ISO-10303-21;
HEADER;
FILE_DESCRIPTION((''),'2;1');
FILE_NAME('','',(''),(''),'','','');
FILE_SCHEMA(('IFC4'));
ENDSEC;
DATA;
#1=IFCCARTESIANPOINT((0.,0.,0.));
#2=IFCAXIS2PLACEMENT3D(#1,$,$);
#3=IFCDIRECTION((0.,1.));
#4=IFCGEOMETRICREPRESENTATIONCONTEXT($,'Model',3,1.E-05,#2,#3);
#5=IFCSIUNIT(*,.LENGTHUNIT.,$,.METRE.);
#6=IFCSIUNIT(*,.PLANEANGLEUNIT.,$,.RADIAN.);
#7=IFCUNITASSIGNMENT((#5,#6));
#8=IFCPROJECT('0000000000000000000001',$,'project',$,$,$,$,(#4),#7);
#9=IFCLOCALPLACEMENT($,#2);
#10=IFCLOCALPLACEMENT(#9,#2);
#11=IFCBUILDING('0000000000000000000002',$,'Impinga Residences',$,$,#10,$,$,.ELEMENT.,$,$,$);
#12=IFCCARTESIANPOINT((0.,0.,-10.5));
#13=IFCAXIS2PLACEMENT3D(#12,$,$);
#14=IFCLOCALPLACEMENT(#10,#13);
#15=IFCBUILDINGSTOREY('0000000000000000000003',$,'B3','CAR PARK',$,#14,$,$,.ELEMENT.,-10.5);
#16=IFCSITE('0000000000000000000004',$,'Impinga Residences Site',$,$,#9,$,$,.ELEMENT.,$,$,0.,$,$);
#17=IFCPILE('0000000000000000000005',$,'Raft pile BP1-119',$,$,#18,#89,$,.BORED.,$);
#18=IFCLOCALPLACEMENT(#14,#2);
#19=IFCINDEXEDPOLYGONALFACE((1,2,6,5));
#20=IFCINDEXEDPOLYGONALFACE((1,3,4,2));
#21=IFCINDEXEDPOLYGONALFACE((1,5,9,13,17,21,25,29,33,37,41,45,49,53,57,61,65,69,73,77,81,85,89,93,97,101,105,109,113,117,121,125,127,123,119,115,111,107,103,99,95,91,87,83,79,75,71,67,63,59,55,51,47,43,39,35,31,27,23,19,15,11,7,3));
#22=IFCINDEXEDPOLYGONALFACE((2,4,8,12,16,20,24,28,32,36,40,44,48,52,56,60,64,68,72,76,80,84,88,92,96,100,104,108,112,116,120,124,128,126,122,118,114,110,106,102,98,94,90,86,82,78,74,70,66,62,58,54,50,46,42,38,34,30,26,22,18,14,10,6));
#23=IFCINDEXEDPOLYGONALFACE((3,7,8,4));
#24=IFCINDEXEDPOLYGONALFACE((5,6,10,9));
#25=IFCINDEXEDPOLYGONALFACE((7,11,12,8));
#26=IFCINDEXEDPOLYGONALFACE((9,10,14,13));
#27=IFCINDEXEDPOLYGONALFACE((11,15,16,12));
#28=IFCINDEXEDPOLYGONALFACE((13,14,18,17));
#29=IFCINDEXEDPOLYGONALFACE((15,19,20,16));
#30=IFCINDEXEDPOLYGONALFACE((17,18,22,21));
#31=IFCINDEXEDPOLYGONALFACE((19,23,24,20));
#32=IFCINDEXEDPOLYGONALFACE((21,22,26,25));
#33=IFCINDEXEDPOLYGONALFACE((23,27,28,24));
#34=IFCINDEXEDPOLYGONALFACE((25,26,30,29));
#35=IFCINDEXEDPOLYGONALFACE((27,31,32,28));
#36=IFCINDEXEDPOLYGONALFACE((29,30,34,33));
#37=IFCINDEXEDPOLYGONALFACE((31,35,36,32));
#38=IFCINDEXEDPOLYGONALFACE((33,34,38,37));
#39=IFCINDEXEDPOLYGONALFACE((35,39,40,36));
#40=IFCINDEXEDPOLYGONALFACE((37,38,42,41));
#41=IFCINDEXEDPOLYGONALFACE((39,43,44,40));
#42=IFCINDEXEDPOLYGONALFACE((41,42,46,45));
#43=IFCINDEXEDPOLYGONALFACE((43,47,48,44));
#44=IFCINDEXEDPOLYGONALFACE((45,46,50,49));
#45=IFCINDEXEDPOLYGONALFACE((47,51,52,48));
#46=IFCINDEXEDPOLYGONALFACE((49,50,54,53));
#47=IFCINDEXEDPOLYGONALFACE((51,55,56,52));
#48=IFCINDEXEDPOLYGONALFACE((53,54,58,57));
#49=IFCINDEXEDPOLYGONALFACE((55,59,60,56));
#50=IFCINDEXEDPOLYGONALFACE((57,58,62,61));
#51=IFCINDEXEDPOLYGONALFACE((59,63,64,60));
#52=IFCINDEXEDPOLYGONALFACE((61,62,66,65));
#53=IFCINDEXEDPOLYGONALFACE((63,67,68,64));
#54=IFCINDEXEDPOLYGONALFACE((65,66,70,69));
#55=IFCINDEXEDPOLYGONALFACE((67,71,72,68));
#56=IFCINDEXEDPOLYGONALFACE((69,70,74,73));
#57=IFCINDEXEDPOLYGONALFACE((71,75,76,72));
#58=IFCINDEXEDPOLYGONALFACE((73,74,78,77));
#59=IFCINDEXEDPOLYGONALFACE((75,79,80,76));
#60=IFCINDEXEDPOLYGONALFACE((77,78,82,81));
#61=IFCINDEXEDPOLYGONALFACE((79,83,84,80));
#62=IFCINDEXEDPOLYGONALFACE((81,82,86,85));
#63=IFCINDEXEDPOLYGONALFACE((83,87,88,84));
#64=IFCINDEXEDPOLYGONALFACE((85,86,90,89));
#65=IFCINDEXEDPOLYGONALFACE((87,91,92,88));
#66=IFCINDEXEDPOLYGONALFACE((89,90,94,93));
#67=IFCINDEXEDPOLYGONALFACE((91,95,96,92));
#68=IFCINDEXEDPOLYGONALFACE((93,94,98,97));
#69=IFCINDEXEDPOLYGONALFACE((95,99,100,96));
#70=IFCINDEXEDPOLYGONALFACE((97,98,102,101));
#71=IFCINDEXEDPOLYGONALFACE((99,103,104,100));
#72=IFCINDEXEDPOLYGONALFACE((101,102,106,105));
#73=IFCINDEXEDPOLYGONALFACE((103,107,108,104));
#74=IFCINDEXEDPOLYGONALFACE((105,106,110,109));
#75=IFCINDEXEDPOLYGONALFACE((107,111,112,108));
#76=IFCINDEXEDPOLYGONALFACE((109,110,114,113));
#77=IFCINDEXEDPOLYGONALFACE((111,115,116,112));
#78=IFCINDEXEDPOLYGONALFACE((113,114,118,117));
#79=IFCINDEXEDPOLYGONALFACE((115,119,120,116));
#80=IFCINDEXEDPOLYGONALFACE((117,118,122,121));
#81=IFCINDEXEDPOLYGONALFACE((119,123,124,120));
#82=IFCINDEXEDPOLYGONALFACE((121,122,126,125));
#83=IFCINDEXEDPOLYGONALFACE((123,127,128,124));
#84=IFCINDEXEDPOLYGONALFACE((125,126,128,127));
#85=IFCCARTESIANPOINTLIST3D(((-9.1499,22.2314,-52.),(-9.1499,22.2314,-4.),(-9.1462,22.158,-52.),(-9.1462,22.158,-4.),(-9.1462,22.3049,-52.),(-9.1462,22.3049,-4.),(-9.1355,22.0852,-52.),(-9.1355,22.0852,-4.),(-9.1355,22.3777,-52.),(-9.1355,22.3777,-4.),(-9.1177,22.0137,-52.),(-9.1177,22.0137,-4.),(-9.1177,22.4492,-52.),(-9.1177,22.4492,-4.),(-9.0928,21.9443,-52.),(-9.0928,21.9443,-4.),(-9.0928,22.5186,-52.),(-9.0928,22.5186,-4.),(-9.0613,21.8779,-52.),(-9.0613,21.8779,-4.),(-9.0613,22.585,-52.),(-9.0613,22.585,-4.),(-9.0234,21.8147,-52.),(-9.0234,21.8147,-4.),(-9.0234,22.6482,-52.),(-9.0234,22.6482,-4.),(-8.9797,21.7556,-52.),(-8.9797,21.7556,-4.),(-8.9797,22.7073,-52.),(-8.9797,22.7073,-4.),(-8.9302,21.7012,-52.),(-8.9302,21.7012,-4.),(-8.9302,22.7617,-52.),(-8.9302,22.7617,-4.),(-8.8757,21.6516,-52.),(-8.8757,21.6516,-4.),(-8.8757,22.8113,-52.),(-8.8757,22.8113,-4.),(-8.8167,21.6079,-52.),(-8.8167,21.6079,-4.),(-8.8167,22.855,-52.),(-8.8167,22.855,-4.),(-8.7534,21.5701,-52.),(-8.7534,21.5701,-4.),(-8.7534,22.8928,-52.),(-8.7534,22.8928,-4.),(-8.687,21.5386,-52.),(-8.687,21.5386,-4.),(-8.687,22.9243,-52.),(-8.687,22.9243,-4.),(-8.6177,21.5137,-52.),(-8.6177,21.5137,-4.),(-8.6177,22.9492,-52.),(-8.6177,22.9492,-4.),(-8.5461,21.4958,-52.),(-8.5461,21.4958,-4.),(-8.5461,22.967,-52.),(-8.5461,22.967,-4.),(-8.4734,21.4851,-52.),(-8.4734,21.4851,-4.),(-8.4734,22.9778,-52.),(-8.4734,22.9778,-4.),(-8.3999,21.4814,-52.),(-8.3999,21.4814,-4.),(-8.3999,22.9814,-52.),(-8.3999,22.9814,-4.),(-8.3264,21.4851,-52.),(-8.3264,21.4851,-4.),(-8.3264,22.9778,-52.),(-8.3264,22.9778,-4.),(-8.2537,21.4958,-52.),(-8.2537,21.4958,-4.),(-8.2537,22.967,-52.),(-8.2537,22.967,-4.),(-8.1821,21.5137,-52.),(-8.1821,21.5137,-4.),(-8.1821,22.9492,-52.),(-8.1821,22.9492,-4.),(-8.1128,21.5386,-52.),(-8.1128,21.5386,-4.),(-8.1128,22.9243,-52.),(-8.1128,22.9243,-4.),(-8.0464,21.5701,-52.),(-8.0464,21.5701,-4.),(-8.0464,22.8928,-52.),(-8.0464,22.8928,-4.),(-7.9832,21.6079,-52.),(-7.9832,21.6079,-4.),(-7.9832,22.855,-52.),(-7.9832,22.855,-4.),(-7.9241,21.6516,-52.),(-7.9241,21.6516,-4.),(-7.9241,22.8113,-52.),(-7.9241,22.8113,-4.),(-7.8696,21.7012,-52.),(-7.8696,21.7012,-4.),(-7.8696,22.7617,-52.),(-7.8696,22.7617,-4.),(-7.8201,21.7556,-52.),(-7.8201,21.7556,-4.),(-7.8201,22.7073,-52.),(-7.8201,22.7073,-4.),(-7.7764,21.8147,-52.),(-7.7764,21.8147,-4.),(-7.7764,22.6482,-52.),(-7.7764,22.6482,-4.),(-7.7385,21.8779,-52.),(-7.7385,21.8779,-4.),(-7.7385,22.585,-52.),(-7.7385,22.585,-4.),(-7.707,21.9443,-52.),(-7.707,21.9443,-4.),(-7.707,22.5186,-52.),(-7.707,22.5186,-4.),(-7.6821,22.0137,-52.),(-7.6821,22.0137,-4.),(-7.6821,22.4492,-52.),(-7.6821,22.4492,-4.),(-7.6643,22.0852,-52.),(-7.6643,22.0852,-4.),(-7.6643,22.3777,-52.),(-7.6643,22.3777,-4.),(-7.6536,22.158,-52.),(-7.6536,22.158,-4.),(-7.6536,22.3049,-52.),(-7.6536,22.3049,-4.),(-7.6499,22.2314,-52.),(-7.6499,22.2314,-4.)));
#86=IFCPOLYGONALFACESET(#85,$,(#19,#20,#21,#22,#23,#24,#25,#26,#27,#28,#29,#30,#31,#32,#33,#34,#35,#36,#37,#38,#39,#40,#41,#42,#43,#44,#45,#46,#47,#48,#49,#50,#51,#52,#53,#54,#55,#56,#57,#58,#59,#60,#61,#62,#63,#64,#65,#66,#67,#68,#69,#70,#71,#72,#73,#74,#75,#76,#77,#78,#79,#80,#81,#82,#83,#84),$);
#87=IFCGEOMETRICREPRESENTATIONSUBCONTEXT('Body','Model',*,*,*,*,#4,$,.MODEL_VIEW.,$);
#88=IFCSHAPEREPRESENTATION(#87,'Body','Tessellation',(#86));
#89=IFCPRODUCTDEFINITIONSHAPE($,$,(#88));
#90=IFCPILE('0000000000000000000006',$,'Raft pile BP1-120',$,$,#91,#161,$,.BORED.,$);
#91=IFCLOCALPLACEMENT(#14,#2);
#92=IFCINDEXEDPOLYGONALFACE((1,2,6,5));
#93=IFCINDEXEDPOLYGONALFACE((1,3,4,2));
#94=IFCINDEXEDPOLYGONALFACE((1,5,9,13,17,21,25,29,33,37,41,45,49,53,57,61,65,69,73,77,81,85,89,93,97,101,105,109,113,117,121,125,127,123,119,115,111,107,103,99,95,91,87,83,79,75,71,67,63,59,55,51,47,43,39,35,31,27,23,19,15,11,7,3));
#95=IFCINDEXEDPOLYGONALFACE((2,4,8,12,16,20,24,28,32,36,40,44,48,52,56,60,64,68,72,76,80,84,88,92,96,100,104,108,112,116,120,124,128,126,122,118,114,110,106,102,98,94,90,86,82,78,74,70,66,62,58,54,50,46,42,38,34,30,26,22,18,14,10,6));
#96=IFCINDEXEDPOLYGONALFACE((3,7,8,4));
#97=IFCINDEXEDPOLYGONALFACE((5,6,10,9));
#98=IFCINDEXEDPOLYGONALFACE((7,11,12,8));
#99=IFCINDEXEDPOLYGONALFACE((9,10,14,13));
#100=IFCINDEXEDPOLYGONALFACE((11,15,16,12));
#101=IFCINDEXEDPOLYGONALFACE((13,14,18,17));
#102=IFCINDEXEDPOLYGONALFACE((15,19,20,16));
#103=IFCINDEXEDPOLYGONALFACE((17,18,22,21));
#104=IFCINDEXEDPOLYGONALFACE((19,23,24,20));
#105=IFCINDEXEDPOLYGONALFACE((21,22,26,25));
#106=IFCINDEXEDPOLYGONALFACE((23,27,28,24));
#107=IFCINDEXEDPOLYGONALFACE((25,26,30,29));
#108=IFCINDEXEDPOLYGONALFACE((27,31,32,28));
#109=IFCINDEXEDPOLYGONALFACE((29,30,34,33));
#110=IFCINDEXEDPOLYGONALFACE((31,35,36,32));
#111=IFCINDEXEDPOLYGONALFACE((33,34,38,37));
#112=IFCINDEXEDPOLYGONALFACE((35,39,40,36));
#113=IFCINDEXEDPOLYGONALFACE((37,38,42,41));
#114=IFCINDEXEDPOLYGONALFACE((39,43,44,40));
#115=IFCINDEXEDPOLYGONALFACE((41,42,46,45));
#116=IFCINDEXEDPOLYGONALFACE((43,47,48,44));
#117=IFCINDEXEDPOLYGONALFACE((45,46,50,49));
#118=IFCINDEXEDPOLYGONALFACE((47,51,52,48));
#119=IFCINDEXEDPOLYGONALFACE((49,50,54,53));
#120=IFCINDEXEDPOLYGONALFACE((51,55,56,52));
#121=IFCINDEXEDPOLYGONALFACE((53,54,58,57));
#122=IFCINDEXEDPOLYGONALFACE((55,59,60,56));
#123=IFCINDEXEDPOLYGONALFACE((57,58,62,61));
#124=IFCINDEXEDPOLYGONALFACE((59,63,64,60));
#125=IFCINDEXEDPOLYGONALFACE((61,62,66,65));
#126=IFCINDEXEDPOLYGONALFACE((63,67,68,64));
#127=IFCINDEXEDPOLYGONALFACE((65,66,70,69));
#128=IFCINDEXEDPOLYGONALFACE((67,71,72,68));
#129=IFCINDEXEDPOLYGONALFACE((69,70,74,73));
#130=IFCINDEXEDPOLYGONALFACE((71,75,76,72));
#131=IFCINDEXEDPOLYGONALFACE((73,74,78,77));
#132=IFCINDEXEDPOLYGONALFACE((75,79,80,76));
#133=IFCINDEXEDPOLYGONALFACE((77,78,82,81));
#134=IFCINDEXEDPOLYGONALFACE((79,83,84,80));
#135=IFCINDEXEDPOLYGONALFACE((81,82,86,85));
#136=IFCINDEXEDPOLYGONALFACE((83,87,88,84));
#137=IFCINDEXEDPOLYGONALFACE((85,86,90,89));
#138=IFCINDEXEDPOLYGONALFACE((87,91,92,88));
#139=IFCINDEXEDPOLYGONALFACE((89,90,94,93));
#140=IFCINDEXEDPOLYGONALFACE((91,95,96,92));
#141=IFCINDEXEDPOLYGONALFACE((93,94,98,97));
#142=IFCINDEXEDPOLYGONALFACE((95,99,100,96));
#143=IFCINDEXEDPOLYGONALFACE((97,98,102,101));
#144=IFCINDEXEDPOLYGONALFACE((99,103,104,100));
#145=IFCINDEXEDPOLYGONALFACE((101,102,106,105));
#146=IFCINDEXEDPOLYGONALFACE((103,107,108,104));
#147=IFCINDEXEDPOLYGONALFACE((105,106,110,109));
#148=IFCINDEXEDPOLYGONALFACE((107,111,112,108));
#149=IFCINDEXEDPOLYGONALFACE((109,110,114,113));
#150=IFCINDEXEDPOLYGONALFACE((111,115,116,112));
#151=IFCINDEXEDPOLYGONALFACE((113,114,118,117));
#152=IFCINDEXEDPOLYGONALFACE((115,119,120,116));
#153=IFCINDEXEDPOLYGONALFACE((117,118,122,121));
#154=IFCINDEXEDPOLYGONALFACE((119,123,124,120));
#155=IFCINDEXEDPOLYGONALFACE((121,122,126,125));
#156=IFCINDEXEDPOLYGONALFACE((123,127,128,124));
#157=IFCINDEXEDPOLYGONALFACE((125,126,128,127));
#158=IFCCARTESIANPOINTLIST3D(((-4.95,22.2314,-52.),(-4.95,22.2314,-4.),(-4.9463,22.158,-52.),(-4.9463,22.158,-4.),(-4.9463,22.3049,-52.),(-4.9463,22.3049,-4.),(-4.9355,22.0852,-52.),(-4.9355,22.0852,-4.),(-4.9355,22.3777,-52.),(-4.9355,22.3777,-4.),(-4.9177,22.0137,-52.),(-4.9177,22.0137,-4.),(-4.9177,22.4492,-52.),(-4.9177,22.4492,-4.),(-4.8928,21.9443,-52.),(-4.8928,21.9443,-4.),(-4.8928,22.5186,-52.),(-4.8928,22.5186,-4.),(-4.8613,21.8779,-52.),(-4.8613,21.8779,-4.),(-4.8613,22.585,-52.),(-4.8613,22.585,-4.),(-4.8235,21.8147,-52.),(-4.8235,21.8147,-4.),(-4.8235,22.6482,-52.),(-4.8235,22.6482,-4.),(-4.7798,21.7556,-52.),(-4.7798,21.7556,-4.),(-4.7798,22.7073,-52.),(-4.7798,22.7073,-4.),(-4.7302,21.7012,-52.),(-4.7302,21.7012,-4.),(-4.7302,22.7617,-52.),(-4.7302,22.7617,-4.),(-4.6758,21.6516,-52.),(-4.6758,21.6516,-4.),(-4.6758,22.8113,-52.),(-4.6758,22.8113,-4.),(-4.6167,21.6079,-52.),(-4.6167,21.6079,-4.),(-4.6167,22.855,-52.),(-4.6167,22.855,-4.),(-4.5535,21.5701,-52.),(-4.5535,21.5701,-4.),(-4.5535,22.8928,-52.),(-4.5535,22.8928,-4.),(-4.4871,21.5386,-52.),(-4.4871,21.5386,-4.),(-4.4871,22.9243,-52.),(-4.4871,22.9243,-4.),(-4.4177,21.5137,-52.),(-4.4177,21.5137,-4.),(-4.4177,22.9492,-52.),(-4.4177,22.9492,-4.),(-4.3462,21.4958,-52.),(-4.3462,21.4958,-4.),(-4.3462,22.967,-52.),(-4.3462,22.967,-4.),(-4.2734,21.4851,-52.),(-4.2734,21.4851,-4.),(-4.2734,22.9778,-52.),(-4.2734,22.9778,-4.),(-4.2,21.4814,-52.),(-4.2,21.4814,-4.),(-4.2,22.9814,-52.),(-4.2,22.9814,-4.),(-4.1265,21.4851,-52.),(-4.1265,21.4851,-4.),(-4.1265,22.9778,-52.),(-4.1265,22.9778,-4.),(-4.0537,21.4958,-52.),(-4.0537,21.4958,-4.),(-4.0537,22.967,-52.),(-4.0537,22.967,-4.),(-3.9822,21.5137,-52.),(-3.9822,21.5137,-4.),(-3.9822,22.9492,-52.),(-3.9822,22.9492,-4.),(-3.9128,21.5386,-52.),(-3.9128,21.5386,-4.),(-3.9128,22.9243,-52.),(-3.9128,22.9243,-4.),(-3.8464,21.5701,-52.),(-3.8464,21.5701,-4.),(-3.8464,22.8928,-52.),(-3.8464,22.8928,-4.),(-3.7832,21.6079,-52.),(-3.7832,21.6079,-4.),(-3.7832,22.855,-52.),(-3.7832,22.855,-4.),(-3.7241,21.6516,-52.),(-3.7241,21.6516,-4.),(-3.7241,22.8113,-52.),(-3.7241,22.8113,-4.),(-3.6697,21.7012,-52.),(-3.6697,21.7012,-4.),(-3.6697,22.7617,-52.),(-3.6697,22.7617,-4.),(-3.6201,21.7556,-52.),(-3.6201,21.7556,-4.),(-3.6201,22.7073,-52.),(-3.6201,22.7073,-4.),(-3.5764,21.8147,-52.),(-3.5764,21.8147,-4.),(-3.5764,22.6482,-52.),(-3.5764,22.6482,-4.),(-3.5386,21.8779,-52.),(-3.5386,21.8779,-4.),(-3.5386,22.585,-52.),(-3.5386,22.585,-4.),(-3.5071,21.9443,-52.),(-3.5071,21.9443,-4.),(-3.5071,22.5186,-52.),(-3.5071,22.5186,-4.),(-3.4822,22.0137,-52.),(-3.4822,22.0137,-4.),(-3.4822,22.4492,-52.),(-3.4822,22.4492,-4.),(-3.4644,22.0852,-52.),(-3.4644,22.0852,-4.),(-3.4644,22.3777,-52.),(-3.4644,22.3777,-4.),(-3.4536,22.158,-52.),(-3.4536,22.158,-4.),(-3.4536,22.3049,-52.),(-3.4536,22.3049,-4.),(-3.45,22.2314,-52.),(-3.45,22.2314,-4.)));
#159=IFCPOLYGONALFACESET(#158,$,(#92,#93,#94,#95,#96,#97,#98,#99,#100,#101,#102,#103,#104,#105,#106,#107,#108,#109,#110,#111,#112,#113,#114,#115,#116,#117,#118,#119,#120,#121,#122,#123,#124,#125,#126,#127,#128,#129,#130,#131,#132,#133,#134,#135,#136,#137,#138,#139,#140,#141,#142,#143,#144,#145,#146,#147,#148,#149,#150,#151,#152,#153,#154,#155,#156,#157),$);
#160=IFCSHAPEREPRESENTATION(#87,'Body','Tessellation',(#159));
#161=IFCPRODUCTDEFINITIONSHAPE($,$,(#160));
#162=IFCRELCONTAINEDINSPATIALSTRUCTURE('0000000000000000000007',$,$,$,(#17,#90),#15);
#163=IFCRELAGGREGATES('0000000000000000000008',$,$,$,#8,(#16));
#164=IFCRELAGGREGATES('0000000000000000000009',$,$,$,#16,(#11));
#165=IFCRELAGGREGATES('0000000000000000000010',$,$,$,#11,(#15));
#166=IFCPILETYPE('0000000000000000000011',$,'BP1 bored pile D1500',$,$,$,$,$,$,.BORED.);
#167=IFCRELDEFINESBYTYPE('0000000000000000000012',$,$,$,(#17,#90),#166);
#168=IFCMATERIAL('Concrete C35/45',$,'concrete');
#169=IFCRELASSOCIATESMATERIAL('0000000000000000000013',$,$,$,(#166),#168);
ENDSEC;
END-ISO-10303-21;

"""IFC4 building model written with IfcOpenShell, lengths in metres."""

from ifc_helpers import new_model, si_unit, direction, frame, origin, origin_2d, place, context, subcontext, project, spatial, polyline, circle, outline, extrude, material, material_profile, profile_set, type_object, element, save


model = new_model("IFC4")

# Units and contexts
model_context = context("Model", 3, precision=1e-05, world=origin(), true_north=direction((0.0, 1.0)))
body_context = subcontext(model_context, "Body", "Model", "MODEL_VIEW")
ifc_project = project(units=[si_unit("LENGTHUNIT", "METRE"), si_unit("PLANEANGLEUNIT", "RADIAN")], contexts=[model_context])

# Site, building, storey
site_placement = place(None, origin())
site = spatial("IfcSite", under=ifc_project, at=site_placement, Name="Impinga Residences Site", CompositionType="ELEMENT", RefElevation=0.0)
building_placement = place(site_placement, origin())
building = spatial("IfcBuilding", under=site, at=building_placement, Name="Impinga Residences", CompositionType="ELEMENT")
storey_placement = place(building_placement, frame((0.0, 0.0, -10.5)))
storey = spatial("IfcBuildingStorey", under=building, at=storey_placement, Name="B3", Description="CAR PARK", CompositionType="ELEMENT", Elevation=-10.5)

# Piles
ifc_material_1 = material(Name="Concrete C35/45", Category="concrete")
ifc_material_profile_1 = material_profile(ifc_material_1, circle(Radius=0.75, at=origin_2d()), Name="D1500")
ifc_profile_set_1 = profile_set([ifc_material_profile_1], Name="Concrete C35/45")
pile_type_1 = type_object("IfcPileType", Name="BP1 bored pile D1500", PredefinedType="BORED", material=ifc_profile_set_1)
pile_1_placement = place(storey_placement, frame((-8.3999, 22.2314, -4.0), z_axis=(0.0, 0.0, -1.0), x_axis=(1.0, 0.0, 0.0)))
element("IfcPile", 1, at=pile_1_placement, inside=storey, type_object=pile_type_1, Name="Raft pile BP1-119", PredefinedType="BORED", context=body_context, shape_type="SweptSolid", body=[
    extrude(outline(polyline([(0.75, 0.0), (0.7463, 0.0735), (0.7356, 0.1462), (0.7178, 0.2178), (0.6929, 0.2871), (0.6614, 0.3535), (0.6235, 0.4167), (0.5798, 0.4758), (0.5303, 0.5303), (0.4758, 0.5798), (0.4167, 0.6235), (0.3535, 0.6614), (0.2871, 0.6929), (0.2178, 0.7178), (0.1462, 0.7356), (0.0735, 0.7463), (0.0, 0.75), (-0.0735, 0.7463), (-0.1462, 0.7356), (-0.2178, 0.7178), (-0.2871, 0.6929), (-0.3535, 0.6614), (-0.4167, 0.6235), (-0.4758, 0.5798), (-0.5303, 0.5303), (-0.5798, 0.4758), (-0.6235, 0.4167), (-0.6614, 0.3535), (-0.6929, 0.2871), (-0.7178, 0.2178), (-0.7356, 0.1462), (-0.7463, 0.0735), (-0.75, 0.0), (-0.7463, -0.0735), (-0.7356, -0.1462), (-0.7178, -0.2178), (-0.6929, -0.2871), (-0.6614, -0.3535), (-0.6235, -0.4167), (-0.5798, -0.4758), (-0.5303, -0.5303), (-0.4758, -0.5798), (-0.4167, -0.6235), (-0.3535, -0.6614), (-0.2871, -0.6929), (-0.2178, -0.7178), (-0.1462, -0.7356), (-0.0735, -0.7463), (0.0, -0.75), (0.0735, -0.7463), (0.1462, -0.7356), (0.2178, -0.7178), (0.2871, -0.6929), (0.3535, -0.6614), (0.4167, -0.6235), (0.4758, -0.5798), (0.5303, -0.5303), (0.5798, -0.4758), (0.6235, -0.4167), (0.6614, -0.3535), (0.6929, -0.2871), (0.7178, -0.2178), (0.7356, -0.1462), (0.7463, -0.0735), (0.75, 0.0)])), origin(), (0.0, 0.0, 1.0), 48.0),
])
pile_2_placement = place(storey_placement, frame((-4.2, 22.2314, -4.0), z_axis=(0.0, 0.0, -1.0), x_axis=(1.0, 0.0, 0.0)))
element("IfcPile", 2, at=pile_2_placement, inside=storey, type_object=pile_type_1, Name="Raft pile BP1-120", PredefinedType="BORED", context=body_context, shape_type="SweptSolid", body=[
    extrude(outline(polyline([(0.75, 0.0), (0.7463, 0.0735), (0.7356, 0.1462), (0.7178, 0.2178), (0.6929, 0.2871), (0.6614, 0.3535), (0.6235, 0.4167), (0.5798, 0.4758), (0.5303, 0.5303), (0.4758, 0.5798), (0.4167, 0.6235), (0.3535, 0.6614), (0.2871, 0.6929), (0.2178, 0.7178), (0.1462, 0.7356), (0.0735, 0.7463), (0.0, 0.75), (-0.0735, 0.7463), (-0.1462, 0.7356), (-0.2178, 0.7178), (-0.2871, 0.6929), (-0.3535, 0.6614), (-0.4167, 0.6235), (-0.4758, 0.5798), (-0.5303, 0.5303), (-0.5798, 0.4758), (-0.6235, 0.4167), (-0.6614, 0.3535), (-0.6929, 0.2871), (-0.7178, 0.2178), (-0.7356, 0.1462), (-0.7463, 0.0735), (-0.75, 0.0), (-0.7463, -0.0735), (-0.7356, -0.1462), (-0.7178, -0.2178), (-0.6929, -0.2871), (-0.6614, -0.3535), (-0.6235, -0.4167), (-0.5798, -0.4758), (-0.5303, -0.5303), (-0.4758, -0.5798), (-0.4167, -0.6235), (-0.3535, -0.6614), (-0.2871, -0.6929), (-0.2178, -0.7178), (-0.1462, -0.7356), (-0.0735, -0.7463), (0.0, -0.75), (0.0735, -0.7463), (0.1462, -0.7356), (0.2178, -0.7178), (0.2871, -0.6929), (0.3535, -0.6614), (0.4167, -0.6235), (0.4758, -0.5798), (0.5303, -0.5303), (0.5798, -0.4758), (0.6235, -0.4167), (0.6614, -0.3535), (0.6929, -0.2871), (0.7178, -0.2178), (0.7356, -0.1462), (0.7463, -0.0735), (0.75, 0.0)])), origin(), (0.0, 0.0, 1.0), 48.0),
])

save(model, "model.ifc")
